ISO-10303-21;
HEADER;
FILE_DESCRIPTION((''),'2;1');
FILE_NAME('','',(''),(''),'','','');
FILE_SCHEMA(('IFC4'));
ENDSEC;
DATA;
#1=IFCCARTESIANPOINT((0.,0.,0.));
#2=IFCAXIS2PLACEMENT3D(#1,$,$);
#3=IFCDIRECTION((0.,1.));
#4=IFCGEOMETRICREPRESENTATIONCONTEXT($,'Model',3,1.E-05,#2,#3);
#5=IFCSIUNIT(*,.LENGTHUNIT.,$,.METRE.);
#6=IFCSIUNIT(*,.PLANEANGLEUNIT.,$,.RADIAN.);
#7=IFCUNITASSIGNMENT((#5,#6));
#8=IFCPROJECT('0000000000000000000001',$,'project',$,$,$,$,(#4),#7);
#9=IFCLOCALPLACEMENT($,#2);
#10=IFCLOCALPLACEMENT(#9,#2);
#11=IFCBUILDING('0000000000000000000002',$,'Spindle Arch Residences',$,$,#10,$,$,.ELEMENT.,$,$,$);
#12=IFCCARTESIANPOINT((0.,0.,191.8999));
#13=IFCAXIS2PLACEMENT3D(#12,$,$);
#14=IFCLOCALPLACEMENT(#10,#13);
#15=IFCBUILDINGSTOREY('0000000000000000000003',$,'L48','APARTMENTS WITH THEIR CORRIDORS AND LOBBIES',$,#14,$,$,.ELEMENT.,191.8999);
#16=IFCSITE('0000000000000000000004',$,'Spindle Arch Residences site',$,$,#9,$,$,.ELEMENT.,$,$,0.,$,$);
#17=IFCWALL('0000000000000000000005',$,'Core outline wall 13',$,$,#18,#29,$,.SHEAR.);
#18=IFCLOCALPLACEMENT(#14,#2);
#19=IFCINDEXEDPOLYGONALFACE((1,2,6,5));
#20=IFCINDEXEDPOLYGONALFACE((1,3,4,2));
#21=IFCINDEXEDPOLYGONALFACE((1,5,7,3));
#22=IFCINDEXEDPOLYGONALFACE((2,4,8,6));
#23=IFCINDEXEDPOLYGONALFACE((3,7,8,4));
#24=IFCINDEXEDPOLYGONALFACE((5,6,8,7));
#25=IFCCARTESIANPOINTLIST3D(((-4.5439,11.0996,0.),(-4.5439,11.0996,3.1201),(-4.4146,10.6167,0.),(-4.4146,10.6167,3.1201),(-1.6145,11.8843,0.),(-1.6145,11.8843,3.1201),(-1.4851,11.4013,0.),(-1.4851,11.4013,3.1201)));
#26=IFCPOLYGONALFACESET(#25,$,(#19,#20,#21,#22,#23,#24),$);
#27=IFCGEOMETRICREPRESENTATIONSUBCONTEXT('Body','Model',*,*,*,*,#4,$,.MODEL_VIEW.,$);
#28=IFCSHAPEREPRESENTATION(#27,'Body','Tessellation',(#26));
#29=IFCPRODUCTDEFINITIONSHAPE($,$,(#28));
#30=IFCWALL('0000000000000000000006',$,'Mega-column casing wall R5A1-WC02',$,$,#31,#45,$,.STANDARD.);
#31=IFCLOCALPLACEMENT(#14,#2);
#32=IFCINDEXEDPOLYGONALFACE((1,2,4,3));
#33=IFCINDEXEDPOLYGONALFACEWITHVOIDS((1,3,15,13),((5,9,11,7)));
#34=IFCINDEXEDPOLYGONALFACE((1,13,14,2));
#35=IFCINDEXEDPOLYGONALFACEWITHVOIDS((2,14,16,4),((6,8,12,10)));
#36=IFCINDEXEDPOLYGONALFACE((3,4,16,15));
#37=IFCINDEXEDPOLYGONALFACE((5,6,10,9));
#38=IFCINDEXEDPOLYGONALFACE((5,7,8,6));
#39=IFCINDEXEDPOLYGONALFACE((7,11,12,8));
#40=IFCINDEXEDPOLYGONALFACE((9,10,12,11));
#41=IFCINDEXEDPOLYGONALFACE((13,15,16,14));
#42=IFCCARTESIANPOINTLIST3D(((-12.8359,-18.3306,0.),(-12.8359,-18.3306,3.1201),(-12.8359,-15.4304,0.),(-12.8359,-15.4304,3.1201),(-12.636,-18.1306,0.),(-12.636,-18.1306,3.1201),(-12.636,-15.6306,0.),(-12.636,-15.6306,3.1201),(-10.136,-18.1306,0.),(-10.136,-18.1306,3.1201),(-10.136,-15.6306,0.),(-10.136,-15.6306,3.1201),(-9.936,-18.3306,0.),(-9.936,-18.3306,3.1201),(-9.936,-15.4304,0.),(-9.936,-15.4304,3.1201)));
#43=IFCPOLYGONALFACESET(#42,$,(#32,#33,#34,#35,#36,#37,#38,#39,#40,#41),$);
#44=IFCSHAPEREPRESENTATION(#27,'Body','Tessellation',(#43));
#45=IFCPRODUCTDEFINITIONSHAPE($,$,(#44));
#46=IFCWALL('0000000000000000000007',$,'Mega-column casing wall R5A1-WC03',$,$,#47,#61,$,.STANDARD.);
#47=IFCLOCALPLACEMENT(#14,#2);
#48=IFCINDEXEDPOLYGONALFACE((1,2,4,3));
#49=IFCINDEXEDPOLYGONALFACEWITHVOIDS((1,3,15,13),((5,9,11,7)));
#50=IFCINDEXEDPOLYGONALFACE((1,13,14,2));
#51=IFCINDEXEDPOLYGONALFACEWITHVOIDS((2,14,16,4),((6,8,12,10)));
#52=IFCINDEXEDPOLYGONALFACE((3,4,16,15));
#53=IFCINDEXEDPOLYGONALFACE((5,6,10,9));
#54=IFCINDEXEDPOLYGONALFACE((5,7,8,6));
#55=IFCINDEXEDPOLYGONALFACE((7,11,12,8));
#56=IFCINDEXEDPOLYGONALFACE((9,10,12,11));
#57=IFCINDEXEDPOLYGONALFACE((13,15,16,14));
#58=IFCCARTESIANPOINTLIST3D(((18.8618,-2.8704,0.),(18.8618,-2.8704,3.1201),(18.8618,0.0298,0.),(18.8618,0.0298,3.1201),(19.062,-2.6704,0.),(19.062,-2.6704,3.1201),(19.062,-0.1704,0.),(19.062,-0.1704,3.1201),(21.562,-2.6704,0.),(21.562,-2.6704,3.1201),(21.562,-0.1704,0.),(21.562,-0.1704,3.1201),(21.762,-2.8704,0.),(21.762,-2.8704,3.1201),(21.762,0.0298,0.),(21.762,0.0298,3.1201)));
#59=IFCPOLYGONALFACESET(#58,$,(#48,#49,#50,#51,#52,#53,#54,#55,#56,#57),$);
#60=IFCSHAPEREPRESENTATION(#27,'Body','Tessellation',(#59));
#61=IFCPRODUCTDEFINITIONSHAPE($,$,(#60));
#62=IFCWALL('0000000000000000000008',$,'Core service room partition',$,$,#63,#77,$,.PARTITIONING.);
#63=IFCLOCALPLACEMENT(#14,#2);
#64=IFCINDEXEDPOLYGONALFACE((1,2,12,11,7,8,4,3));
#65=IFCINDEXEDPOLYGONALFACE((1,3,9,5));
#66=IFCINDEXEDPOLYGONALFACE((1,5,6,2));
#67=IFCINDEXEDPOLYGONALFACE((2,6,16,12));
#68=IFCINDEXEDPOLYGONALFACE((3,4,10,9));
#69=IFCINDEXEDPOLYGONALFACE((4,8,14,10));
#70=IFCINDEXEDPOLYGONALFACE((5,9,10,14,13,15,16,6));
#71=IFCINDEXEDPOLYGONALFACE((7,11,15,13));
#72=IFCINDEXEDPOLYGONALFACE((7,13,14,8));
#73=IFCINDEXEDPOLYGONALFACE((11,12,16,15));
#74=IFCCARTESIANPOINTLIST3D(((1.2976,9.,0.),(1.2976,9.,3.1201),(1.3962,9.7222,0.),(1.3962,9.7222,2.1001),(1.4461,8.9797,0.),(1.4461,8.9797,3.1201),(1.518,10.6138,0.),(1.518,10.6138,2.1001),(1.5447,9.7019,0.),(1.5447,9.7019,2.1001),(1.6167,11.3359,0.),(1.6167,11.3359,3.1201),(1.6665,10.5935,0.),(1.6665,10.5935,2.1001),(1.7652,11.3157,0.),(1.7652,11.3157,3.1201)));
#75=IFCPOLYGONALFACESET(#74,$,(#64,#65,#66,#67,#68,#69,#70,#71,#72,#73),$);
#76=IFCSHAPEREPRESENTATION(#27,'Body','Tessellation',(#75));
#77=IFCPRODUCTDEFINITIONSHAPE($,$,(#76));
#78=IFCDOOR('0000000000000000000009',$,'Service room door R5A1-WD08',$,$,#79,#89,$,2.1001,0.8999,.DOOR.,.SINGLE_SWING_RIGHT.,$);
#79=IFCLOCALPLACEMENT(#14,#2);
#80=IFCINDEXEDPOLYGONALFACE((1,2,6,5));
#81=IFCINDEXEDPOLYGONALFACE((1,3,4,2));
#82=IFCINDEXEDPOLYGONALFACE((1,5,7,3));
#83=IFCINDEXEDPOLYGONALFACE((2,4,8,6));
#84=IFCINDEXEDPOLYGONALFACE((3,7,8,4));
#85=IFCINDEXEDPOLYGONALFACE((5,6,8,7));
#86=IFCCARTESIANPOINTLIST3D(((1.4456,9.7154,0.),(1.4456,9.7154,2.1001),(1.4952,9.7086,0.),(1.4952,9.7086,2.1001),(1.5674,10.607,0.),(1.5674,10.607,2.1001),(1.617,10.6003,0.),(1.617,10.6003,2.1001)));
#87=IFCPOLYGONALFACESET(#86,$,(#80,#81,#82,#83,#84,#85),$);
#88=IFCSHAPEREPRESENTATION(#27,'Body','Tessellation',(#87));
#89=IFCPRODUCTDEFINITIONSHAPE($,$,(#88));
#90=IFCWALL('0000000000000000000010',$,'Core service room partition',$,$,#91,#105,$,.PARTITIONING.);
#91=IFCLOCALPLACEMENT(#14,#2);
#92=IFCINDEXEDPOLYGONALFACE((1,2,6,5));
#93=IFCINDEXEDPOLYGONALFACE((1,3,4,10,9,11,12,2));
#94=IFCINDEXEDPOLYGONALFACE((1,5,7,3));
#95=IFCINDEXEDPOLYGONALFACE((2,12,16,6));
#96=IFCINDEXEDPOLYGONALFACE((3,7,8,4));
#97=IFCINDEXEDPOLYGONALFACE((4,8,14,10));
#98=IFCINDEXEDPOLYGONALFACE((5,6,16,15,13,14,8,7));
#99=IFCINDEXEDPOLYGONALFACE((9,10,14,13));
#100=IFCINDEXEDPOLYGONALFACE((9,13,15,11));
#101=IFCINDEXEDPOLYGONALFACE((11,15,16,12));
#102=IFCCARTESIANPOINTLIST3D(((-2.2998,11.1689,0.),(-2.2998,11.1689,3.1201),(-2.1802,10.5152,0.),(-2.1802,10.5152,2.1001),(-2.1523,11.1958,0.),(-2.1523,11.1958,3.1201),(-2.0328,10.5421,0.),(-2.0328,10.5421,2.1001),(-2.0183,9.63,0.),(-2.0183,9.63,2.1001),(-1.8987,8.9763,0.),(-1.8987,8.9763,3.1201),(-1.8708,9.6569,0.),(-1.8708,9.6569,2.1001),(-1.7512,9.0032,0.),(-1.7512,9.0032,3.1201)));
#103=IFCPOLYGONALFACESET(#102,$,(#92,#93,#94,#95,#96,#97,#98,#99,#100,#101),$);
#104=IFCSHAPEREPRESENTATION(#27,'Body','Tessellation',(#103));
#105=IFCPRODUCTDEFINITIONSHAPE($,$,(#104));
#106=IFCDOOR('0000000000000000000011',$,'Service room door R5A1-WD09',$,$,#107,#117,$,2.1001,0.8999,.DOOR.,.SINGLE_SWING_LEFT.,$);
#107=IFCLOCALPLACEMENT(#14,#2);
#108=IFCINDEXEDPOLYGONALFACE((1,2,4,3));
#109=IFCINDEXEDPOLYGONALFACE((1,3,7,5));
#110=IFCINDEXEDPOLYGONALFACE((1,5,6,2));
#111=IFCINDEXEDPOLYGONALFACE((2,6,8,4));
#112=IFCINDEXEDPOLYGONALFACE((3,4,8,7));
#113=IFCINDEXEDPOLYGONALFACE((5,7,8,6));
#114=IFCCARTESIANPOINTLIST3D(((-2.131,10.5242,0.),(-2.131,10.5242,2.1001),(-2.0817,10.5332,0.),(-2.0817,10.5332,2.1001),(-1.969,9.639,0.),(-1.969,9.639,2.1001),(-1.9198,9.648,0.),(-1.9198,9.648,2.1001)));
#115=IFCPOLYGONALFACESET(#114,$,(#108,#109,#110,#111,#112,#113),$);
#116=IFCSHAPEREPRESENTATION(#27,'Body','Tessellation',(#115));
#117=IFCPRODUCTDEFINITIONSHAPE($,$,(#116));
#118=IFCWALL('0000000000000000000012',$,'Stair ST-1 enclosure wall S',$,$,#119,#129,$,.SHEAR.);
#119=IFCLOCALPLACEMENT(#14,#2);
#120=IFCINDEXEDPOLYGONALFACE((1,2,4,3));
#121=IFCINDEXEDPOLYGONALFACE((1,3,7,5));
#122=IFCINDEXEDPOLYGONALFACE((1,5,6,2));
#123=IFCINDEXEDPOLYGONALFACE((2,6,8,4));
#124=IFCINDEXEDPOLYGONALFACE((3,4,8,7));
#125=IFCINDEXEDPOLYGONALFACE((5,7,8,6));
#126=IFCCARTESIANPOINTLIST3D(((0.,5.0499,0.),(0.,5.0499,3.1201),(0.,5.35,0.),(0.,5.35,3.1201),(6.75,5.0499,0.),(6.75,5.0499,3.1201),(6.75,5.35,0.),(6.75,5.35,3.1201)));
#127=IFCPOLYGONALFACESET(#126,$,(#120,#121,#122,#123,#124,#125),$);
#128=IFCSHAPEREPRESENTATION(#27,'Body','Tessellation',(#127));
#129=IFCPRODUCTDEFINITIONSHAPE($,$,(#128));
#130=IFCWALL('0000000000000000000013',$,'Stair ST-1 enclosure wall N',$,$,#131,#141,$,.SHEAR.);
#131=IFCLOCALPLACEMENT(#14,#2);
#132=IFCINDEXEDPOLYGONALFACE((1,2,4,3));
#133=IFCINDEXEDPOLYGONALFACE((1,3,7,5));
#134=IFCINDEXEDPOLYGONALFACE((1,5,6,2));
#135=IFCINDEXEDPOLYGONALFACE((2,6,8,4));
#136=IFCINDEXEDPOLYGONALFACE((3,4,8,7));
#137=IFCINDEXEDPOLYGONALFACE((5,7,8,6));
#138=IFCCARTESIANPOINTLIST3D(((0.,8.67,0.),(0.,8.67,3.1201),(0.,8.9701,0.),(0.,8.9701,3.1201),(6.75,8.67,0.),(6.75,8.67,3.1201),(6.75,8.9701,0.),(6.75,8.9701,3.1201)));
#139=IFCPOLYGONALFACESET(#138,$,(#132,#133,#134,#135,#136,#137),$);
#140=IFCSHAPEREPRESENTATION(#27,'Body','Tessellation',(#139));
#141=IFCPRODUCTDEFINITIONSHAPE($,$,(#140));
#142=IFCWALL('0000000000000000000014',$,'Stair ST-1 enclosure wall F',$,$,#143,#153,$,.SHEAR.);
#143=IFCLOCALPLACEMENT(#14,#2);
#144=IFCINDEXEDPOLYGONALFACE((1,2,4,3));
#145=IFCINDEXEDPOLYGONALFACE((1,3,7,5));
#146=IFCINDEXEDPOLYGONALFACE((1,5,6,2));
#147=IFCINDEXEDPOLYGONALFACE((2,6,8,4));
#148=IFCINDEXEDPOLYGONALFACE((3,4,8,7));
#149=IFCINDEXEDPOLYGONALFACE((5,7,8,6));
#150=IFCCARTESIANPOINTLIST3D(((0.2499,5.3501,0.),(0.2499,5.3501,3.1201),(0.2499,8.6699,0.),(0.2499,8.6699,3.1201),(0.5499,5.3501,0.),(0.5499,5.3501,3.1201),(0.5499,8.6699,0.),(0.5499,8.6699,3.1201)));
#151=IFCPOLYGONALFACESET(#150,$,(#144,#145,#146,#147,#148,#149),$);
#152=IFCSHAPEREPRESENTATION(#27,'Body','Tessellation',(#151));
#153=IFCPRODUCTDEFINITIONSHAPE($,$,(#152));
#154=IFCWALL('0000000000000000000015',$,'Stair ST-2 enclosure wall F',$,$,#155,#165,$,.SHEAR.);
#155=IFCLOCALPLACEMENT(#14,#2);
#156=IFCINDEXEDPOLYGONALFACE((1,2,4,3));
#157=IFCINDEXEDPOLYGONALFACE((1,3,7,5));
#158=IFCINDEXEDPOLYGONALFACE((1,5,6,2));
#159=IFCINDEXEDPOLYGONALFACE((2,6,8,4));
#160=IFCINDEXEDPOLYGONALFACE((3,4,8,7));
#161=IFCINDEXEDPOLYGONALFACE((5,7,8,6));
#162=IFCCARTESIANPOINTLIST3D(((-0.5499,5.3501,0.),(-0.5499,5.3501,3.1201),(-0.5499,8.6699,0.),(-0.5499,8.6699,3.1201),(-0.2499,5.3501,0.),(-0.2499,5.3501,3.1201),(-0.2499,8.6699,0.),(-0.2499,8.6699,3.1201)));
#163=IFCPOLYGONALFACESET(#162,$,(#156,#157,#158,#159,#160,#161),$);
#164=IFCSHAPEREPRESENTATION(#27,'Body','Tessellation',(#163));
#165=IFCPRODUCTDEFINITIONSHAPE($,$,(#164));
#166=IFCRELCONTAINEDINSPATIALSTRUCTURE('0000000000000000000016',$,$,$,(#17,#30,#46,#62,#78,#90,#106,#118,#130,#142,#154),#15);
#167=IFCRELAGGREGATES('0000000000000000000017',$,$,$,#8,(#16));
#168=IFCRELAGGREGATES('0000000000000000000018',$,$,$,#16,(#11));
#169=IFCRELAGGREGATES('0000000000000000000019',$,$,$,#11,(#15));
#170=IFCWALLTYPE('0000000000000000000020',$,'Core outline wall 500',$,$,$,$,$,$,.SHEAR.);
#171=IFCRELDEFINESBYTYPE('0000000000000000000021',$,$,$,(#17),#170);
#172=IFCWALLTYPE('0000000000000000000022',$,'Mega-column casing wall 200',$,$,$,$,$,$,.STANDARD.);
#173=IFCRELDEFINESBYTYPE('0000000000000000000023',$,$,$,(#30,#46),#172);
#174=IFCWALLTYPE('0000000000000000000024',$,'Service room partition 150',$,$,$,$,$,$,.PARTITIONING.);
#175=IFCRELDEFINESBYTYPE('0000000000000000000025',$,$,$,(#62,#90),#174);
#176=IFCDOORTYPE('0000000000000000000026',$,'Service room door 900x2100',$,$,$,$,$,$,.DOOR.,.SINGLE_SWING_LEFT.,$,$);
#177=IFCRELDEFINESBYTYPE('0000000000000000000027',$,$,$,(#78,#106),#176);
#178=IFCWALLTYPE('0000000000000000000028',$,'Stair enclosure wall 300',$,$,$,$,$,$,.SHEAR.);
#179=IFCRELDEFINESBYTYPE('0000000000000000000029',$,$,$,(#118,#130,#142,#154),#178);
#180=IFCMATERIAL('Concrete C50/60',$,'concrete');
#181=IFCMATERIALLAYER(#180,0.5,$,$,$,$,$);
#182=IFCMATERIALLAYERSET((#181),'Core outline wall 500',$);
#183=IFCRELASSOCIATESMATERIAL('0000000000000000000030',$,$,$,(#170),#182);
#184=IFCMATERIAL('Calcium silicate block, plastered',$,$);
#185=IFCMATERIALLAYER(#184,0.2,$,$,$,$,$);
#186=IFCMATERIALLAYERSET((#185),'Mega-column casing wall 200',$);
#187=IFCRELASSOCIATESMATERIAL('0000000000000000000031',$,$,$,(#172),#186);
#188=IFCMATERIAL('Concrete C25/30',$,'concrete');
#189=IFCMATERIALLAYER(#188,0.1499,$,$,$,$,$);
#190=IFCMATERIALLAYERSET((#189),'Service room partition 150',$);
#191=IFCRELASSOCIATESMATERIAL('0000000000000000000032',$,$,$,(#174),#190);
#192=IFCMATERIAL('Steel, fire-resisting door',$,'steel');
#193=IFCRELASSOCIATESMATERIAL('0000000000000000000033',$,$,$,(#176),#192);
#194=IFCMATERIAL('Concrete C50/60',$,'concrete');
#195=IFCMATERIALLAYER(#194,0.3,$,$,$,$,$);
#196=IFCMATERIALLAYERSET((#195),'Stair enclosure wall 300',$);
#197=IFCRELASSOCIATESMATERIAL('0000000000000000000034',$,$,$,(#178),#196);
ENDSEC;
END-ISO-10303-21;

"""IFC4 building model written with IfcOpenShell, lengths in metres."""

from ifc_helpers import new_model, si_unit, direction, frame, frame_2d, origin, place, context, subcontext, project, spatial, polyline, rectangle, outline, extrude, material, layer, layer_set, type_object, element, fill, save


model = new_model("IFC4")

# Units and contexts
model_context = context("Model", 3, precision=1e-05, world=origin(), true_north=direction((0.0, 1.0)))
body_context = subcontext(model_context, "Body", "Model", "MODEL_VIEW")
ifc_project = project(units=[si_unit("LENGTHUNIT", "METRE"), si_unit("PLANEANGLEUNIT", "RADIAN")], contexts=[model_context])

# Site, building, storey
site_placement = place(None, origin())
site = spatial("IfcSite", under=ifc_project, at=site_placement, Name="Spindle Arch Residences site", CompositionType="ELEMENT", RefElevation=0.0)
building_placement = place(site_placement, origin())
building = spatial("IfcBuilding", under=site, at=building_placement, Name="Spindle Arch Residences", CompositionType="ELEMENT")
storey_placement = place(building_placement, frame((0.0, 0.0, 191.8999)))
storey = spatial("IfcBuildingStorey", under=building, at=storey_placement, Name="L48", Description="APARTMENTS WITH THEIR CORRIDORS AND LOBBIES", CompositionType="ELEMENT", Elevation=191.8999)

# Walls
ifc_material_1 = material(Name="Concrete C50/60", Category="concrete")
ifc_layer_1 = layer(ifc_material_1, 0.5)
ifc_layer_set_1 = layer_set([ifc_layer_1], Name="Core outline wall 500")
wall_type_1 = type_object("IfcWallType", Name="Core outline wall 500", PredefinedType="SHEAR", material=ifc_layer_set_1)
wall_1_placement = place(storey_placement, frame((-1.5498, 11.6428, 0.0), z_axis=(0.0, 0.0, 1.0), x_axis=(-0.965948, -0.258735, 0.0)))
element("IfcWall", 1, at=wall_1_placement, inside=storey, type_object=wall_type_1, Name="Core outline wall 13", PredefinedType="SHEAR", context=body_context, shape_type="SweptSolid", body=[
    extrude(rectangle(XDim=3.0327, YDim=0.5, at=frame_2d((1.5164, 0.0))), origin(), (0.0, 0.0, 1.0), 3.1201),
])
ifc_material_2 = material(Name="Calcium silicate block, plastered")
ifc_layer_2 = layer(ifc_material_2, 0.2)
ifc_layer_set_2 = layer_set([ifc_layer_2], Name="Mega-column casing wall 200")
wall_type_2 = type_object("IfcWallType", Name="Mega-column casing wall 200", PredefinedType="STANDARD", material=ifc_layer_set_2)
wall_2_placement = place(storey_placement, origin())
element("IfcWall", 2, at=wall_2_placement, inside=storey, type_object=wall_type_2, Name="Mega-column casing wall R5A1-WC02", PredefinedType="STANDARD", context=body_context, shape_type="SweptSolid", body=[
    extrude(outline(polyline([(-9.936, -15.4304), (-9.936, -18.3306), (-12.8359, -18.3306), (-12.8359, -15.4304), (-9.936, -15.4304)]), holes=[polyline([(-12.636, -18.1306), (-10.136, -18.1306), (-10.136, -15.6306), (-12.636, -15.6306), (-12.636, -18.1306)])]), origin(), (0.0, 0.0, 1.0), 3.1201),
])
wall_3_placement = place(storey_placement, origin())
element("IfcWall", 3, at=wall_3_placement, inside=storey, type_object=wall_type_2, Name="Mega-column casing wall R5A1-WC03", PredefinedType="STANDARD", context=body_context, shape_type="SweptSolid", body=[
    extrude(outline(polyline([(21.762, 0.0298), (21.762, -2.8704), (18.8618, -2.8704), (18.8618, 0.0298), (21.762, 0.0298)]), holes=[polyline([(19.062, -2.6704), (21.562, -2.6704), (21.562, -0.1704), (19.062, -0.1704), (19.062, -2.6704)])]), origin(), (0.0, 0.0, 1.0), 3.1201),
])

# Walls, openings, doors
ifc_material_3 = material(Name="Concrete C25/30", Category="concrete")
ifc_layer_3 = layer(ifc_material_3, 0.1499)
ifc_layer_set_3 = layer_set([ifc_layer_3], Name="Service room partition 150")
wall_type_3 = type_object("IfcWallType", Name="Service room partition 150", PredefinedType="PARTITIONING", material=ifc_layer_set_3)
wall_4_placement = place(storey_placement, frame((1.6909, 11.3257, 0.0), z_axis=(0.0, 0.0, 1.0), x_axis=(-0.135344, -0.990799, 0.0)))
wall_4 = element("IfcWall", 4, at=wall_4_placement, inside=storey, type_object=wall_type_3, Name="Core service room partition", PredefinedType="PARTITIONING", context=body_context, shape_type="SweptSolid", body=[
    extrude(rectangle(XDim=2.3577, YDim=0.1499, at=frame_2d((1.1787, 0.0))), origin(), (0.0, 0.0, 1.0), 3.1201),
])
opening_1_placement = place(wall_4_placement, frame((0.7288, 0.0, 0.0)))
opening_1 = element("IfcOpeningElement", 5, at=opening_1_placement, cuts=wall_4, PredefinedType="OPENING", context=body_context, shape_type="SweptSolid", body=[
    extrude(rectangle(XDim=0.8999, YDim=2.1001, at=frame_2d((0.45, 1.05))), frame((0.0, 0.085, 0.0), z_axis=(0.0, -1.0, 0.0), x_axis=(1.0, 0.0, 0.0)), (0.0, 0.0, 1.0), 0.1699),
])
ifc_material_4 = material(Name="Steel, fire-resisting door", Category="steel")
door_type = type_object("IfcDoorType", Name="Service room door 900x2100", OperationType="SINGLE_SWING_LEFT", PredefinedType="DOOR", material=ifc_material_4)
door_1_placement = place(opening_1_placement, origin())
door_1 = element("IfcDoor", 6, at=door_1_placement, inside=storey, type_object=door_type, Name="Service room door R5A1-WD08", OperationType="SINGLE_SWING_RIGHT", OverallHeight=2.1001, OverallWidth=0.8999, PredefinedType="DOOR", context=body_context, shape_type="SweptSolid", body=[
    extrude(rectangle(XDim=0.8999, YDim=2.1001, at=frame_2d((0.45, 1.05))), frame((0.0, 0.0249, 0.0), z_axis=(0.0, -1.0, 0.0), x_axis=(1.0, 0.0, 0.0)), (0.0, 0.0, 1.0), 0.05),
])
fill(opening_1, door_1)
wall_5_placement = place(storey_placement, frame((-1.825, 8.9897, 0.0), z_axis=(0.0, 0.0, 1.0), x_axis=(-0.179955, 0.983675, 0.0)))
wall_5 = element("IfcWall", 7, at=wall_5_placement, inside=storey, type_object=wall_type_3, Name="Core service room partition", PredefinedType="PARTITIONING", context=body_context, shape_type="SweptSolid", body=[
    extrude(rectangle(XDim=2.229, YDim=0.1499, at=frame_2d((1.1145, 0.0))), origin(), (0.0, 0.0, 1.0), 3.1201),
])
opening_2_placement = place(wall_5_placement, frame((0.6646, 0.0, 0.0)))
opening_2 = element("IfcOpeningElement", 8, at=opening_2_placement, cuts=wall_5, PredefinedType="OPENING", context=body_context, shape_type="SweptSolid", body=[
    extrude(rectangle(XDim=0.8999, YDim=2.1001, at=frame_2d((0.45, 1.05))), frame((0.0, 0.085, 0.0), z_axis=(0.0, -1.0, 0.0), x_axis=(1.0, 0.0, 0.0)), (0.0, 0.0, 1.0), 0.1699),
])
door_2_placement = place(opening_2_placement, origin())
door_2 = element("IfcDoor", 9, at=door_2_placement, inside=storey, type_object=door_type, Name="Service room door R5A1-WD09", OperationType="SINGLE_SWING_LEFT", OverallHeight=2.1001, OverallWidth=0.8999, PredefinedType="DOOR", context=body_context, shape_type="SweptSolid", body=[
    extrude(rectangle(XDim=0.8999, YDim=2.1001, at=frame_2d((0.45, 1.05))), frame((0.0, 0.0249, 0.0), z_axis=(0.0, -1.0, 0.0), x_axis=(1.0, 0.0, 0.0)), (0.0, 0.0, 1.0), 0.05),
])
fill(opening_2, door_2)

# Walls
ifc_material_5 = material(Name="Concrete C50/60", Category="concrete")
ifc_layer_4 = layer(ifc_material_5, 0.3)
ifc_layer_set_4 = layer_set([ifc_layer_4], Name="Stair enclosure wall 300")
wall_type_4 = type_object("IfcWallType", Name="Stair enclosure wall 300", PredefinedType="SHEAR", material=ifc_layer_set_4)
for number, where, z_axis, x_axis, name in (
    (10, (0.0, 5.2, 0.0), (0.0, 0.0, 1.0), (1.0, 0.0, 0.0), "Stair ST-1 enclosure wall S"),
    (11, (0.0, 8.8201, 0.0), (0.0, 0.0, 1.0), (1.0, 0.0, 0.0), "Stair ST-1 enclosure wall N"),
):
    element("IfcWall", number, at=place(storey_placement, frame(where, z_axis=z_axis, x_axis=x_axis)), inside=storey, type_object=wall_type_4, Name=name, PredefinedType="SHEAR", context=body_context, shape_type="SweptSolid", body=[
        extrude(rectangle(XDim=6.75, YDim=0.3, at=frame_2d((3.375, 0.0))), origin(), (0.0, 0.0, 1.0), 3.1201),
    ])
for number, where, z_axis, x_axis, name in (
    (12, (0.3999, 5.3501, 0.0), (0.0, 0.0, 1.0), (0.0, 1.0, 0.0), "Stair ST-1 enclosure wall F"),
    (13, (-0.3999, 5.3501, 0.0), (0.0, 0.0, 1.0), (0.0, 1.0, 0.0), "Stair ST-2 enclosure wall F"),
):
    element("IfcWall", number, at=place(storey_placement, frame(where, z_axis=z_axis, x_axis=x_axis)), inside=storey, type_object=wall_type_4, Name=name, PredefinedType="SHEAR", context=body_context, shape_type="SweptSolid", body=[
        extrude(rectangle(XDim=3.3198, YDim=0.3, at=frame_2d((1.6599, 0.0))), origin(), (0.0, 0.0, 1.0), 3.1201),
    ])

save(model, "model.ifc")
